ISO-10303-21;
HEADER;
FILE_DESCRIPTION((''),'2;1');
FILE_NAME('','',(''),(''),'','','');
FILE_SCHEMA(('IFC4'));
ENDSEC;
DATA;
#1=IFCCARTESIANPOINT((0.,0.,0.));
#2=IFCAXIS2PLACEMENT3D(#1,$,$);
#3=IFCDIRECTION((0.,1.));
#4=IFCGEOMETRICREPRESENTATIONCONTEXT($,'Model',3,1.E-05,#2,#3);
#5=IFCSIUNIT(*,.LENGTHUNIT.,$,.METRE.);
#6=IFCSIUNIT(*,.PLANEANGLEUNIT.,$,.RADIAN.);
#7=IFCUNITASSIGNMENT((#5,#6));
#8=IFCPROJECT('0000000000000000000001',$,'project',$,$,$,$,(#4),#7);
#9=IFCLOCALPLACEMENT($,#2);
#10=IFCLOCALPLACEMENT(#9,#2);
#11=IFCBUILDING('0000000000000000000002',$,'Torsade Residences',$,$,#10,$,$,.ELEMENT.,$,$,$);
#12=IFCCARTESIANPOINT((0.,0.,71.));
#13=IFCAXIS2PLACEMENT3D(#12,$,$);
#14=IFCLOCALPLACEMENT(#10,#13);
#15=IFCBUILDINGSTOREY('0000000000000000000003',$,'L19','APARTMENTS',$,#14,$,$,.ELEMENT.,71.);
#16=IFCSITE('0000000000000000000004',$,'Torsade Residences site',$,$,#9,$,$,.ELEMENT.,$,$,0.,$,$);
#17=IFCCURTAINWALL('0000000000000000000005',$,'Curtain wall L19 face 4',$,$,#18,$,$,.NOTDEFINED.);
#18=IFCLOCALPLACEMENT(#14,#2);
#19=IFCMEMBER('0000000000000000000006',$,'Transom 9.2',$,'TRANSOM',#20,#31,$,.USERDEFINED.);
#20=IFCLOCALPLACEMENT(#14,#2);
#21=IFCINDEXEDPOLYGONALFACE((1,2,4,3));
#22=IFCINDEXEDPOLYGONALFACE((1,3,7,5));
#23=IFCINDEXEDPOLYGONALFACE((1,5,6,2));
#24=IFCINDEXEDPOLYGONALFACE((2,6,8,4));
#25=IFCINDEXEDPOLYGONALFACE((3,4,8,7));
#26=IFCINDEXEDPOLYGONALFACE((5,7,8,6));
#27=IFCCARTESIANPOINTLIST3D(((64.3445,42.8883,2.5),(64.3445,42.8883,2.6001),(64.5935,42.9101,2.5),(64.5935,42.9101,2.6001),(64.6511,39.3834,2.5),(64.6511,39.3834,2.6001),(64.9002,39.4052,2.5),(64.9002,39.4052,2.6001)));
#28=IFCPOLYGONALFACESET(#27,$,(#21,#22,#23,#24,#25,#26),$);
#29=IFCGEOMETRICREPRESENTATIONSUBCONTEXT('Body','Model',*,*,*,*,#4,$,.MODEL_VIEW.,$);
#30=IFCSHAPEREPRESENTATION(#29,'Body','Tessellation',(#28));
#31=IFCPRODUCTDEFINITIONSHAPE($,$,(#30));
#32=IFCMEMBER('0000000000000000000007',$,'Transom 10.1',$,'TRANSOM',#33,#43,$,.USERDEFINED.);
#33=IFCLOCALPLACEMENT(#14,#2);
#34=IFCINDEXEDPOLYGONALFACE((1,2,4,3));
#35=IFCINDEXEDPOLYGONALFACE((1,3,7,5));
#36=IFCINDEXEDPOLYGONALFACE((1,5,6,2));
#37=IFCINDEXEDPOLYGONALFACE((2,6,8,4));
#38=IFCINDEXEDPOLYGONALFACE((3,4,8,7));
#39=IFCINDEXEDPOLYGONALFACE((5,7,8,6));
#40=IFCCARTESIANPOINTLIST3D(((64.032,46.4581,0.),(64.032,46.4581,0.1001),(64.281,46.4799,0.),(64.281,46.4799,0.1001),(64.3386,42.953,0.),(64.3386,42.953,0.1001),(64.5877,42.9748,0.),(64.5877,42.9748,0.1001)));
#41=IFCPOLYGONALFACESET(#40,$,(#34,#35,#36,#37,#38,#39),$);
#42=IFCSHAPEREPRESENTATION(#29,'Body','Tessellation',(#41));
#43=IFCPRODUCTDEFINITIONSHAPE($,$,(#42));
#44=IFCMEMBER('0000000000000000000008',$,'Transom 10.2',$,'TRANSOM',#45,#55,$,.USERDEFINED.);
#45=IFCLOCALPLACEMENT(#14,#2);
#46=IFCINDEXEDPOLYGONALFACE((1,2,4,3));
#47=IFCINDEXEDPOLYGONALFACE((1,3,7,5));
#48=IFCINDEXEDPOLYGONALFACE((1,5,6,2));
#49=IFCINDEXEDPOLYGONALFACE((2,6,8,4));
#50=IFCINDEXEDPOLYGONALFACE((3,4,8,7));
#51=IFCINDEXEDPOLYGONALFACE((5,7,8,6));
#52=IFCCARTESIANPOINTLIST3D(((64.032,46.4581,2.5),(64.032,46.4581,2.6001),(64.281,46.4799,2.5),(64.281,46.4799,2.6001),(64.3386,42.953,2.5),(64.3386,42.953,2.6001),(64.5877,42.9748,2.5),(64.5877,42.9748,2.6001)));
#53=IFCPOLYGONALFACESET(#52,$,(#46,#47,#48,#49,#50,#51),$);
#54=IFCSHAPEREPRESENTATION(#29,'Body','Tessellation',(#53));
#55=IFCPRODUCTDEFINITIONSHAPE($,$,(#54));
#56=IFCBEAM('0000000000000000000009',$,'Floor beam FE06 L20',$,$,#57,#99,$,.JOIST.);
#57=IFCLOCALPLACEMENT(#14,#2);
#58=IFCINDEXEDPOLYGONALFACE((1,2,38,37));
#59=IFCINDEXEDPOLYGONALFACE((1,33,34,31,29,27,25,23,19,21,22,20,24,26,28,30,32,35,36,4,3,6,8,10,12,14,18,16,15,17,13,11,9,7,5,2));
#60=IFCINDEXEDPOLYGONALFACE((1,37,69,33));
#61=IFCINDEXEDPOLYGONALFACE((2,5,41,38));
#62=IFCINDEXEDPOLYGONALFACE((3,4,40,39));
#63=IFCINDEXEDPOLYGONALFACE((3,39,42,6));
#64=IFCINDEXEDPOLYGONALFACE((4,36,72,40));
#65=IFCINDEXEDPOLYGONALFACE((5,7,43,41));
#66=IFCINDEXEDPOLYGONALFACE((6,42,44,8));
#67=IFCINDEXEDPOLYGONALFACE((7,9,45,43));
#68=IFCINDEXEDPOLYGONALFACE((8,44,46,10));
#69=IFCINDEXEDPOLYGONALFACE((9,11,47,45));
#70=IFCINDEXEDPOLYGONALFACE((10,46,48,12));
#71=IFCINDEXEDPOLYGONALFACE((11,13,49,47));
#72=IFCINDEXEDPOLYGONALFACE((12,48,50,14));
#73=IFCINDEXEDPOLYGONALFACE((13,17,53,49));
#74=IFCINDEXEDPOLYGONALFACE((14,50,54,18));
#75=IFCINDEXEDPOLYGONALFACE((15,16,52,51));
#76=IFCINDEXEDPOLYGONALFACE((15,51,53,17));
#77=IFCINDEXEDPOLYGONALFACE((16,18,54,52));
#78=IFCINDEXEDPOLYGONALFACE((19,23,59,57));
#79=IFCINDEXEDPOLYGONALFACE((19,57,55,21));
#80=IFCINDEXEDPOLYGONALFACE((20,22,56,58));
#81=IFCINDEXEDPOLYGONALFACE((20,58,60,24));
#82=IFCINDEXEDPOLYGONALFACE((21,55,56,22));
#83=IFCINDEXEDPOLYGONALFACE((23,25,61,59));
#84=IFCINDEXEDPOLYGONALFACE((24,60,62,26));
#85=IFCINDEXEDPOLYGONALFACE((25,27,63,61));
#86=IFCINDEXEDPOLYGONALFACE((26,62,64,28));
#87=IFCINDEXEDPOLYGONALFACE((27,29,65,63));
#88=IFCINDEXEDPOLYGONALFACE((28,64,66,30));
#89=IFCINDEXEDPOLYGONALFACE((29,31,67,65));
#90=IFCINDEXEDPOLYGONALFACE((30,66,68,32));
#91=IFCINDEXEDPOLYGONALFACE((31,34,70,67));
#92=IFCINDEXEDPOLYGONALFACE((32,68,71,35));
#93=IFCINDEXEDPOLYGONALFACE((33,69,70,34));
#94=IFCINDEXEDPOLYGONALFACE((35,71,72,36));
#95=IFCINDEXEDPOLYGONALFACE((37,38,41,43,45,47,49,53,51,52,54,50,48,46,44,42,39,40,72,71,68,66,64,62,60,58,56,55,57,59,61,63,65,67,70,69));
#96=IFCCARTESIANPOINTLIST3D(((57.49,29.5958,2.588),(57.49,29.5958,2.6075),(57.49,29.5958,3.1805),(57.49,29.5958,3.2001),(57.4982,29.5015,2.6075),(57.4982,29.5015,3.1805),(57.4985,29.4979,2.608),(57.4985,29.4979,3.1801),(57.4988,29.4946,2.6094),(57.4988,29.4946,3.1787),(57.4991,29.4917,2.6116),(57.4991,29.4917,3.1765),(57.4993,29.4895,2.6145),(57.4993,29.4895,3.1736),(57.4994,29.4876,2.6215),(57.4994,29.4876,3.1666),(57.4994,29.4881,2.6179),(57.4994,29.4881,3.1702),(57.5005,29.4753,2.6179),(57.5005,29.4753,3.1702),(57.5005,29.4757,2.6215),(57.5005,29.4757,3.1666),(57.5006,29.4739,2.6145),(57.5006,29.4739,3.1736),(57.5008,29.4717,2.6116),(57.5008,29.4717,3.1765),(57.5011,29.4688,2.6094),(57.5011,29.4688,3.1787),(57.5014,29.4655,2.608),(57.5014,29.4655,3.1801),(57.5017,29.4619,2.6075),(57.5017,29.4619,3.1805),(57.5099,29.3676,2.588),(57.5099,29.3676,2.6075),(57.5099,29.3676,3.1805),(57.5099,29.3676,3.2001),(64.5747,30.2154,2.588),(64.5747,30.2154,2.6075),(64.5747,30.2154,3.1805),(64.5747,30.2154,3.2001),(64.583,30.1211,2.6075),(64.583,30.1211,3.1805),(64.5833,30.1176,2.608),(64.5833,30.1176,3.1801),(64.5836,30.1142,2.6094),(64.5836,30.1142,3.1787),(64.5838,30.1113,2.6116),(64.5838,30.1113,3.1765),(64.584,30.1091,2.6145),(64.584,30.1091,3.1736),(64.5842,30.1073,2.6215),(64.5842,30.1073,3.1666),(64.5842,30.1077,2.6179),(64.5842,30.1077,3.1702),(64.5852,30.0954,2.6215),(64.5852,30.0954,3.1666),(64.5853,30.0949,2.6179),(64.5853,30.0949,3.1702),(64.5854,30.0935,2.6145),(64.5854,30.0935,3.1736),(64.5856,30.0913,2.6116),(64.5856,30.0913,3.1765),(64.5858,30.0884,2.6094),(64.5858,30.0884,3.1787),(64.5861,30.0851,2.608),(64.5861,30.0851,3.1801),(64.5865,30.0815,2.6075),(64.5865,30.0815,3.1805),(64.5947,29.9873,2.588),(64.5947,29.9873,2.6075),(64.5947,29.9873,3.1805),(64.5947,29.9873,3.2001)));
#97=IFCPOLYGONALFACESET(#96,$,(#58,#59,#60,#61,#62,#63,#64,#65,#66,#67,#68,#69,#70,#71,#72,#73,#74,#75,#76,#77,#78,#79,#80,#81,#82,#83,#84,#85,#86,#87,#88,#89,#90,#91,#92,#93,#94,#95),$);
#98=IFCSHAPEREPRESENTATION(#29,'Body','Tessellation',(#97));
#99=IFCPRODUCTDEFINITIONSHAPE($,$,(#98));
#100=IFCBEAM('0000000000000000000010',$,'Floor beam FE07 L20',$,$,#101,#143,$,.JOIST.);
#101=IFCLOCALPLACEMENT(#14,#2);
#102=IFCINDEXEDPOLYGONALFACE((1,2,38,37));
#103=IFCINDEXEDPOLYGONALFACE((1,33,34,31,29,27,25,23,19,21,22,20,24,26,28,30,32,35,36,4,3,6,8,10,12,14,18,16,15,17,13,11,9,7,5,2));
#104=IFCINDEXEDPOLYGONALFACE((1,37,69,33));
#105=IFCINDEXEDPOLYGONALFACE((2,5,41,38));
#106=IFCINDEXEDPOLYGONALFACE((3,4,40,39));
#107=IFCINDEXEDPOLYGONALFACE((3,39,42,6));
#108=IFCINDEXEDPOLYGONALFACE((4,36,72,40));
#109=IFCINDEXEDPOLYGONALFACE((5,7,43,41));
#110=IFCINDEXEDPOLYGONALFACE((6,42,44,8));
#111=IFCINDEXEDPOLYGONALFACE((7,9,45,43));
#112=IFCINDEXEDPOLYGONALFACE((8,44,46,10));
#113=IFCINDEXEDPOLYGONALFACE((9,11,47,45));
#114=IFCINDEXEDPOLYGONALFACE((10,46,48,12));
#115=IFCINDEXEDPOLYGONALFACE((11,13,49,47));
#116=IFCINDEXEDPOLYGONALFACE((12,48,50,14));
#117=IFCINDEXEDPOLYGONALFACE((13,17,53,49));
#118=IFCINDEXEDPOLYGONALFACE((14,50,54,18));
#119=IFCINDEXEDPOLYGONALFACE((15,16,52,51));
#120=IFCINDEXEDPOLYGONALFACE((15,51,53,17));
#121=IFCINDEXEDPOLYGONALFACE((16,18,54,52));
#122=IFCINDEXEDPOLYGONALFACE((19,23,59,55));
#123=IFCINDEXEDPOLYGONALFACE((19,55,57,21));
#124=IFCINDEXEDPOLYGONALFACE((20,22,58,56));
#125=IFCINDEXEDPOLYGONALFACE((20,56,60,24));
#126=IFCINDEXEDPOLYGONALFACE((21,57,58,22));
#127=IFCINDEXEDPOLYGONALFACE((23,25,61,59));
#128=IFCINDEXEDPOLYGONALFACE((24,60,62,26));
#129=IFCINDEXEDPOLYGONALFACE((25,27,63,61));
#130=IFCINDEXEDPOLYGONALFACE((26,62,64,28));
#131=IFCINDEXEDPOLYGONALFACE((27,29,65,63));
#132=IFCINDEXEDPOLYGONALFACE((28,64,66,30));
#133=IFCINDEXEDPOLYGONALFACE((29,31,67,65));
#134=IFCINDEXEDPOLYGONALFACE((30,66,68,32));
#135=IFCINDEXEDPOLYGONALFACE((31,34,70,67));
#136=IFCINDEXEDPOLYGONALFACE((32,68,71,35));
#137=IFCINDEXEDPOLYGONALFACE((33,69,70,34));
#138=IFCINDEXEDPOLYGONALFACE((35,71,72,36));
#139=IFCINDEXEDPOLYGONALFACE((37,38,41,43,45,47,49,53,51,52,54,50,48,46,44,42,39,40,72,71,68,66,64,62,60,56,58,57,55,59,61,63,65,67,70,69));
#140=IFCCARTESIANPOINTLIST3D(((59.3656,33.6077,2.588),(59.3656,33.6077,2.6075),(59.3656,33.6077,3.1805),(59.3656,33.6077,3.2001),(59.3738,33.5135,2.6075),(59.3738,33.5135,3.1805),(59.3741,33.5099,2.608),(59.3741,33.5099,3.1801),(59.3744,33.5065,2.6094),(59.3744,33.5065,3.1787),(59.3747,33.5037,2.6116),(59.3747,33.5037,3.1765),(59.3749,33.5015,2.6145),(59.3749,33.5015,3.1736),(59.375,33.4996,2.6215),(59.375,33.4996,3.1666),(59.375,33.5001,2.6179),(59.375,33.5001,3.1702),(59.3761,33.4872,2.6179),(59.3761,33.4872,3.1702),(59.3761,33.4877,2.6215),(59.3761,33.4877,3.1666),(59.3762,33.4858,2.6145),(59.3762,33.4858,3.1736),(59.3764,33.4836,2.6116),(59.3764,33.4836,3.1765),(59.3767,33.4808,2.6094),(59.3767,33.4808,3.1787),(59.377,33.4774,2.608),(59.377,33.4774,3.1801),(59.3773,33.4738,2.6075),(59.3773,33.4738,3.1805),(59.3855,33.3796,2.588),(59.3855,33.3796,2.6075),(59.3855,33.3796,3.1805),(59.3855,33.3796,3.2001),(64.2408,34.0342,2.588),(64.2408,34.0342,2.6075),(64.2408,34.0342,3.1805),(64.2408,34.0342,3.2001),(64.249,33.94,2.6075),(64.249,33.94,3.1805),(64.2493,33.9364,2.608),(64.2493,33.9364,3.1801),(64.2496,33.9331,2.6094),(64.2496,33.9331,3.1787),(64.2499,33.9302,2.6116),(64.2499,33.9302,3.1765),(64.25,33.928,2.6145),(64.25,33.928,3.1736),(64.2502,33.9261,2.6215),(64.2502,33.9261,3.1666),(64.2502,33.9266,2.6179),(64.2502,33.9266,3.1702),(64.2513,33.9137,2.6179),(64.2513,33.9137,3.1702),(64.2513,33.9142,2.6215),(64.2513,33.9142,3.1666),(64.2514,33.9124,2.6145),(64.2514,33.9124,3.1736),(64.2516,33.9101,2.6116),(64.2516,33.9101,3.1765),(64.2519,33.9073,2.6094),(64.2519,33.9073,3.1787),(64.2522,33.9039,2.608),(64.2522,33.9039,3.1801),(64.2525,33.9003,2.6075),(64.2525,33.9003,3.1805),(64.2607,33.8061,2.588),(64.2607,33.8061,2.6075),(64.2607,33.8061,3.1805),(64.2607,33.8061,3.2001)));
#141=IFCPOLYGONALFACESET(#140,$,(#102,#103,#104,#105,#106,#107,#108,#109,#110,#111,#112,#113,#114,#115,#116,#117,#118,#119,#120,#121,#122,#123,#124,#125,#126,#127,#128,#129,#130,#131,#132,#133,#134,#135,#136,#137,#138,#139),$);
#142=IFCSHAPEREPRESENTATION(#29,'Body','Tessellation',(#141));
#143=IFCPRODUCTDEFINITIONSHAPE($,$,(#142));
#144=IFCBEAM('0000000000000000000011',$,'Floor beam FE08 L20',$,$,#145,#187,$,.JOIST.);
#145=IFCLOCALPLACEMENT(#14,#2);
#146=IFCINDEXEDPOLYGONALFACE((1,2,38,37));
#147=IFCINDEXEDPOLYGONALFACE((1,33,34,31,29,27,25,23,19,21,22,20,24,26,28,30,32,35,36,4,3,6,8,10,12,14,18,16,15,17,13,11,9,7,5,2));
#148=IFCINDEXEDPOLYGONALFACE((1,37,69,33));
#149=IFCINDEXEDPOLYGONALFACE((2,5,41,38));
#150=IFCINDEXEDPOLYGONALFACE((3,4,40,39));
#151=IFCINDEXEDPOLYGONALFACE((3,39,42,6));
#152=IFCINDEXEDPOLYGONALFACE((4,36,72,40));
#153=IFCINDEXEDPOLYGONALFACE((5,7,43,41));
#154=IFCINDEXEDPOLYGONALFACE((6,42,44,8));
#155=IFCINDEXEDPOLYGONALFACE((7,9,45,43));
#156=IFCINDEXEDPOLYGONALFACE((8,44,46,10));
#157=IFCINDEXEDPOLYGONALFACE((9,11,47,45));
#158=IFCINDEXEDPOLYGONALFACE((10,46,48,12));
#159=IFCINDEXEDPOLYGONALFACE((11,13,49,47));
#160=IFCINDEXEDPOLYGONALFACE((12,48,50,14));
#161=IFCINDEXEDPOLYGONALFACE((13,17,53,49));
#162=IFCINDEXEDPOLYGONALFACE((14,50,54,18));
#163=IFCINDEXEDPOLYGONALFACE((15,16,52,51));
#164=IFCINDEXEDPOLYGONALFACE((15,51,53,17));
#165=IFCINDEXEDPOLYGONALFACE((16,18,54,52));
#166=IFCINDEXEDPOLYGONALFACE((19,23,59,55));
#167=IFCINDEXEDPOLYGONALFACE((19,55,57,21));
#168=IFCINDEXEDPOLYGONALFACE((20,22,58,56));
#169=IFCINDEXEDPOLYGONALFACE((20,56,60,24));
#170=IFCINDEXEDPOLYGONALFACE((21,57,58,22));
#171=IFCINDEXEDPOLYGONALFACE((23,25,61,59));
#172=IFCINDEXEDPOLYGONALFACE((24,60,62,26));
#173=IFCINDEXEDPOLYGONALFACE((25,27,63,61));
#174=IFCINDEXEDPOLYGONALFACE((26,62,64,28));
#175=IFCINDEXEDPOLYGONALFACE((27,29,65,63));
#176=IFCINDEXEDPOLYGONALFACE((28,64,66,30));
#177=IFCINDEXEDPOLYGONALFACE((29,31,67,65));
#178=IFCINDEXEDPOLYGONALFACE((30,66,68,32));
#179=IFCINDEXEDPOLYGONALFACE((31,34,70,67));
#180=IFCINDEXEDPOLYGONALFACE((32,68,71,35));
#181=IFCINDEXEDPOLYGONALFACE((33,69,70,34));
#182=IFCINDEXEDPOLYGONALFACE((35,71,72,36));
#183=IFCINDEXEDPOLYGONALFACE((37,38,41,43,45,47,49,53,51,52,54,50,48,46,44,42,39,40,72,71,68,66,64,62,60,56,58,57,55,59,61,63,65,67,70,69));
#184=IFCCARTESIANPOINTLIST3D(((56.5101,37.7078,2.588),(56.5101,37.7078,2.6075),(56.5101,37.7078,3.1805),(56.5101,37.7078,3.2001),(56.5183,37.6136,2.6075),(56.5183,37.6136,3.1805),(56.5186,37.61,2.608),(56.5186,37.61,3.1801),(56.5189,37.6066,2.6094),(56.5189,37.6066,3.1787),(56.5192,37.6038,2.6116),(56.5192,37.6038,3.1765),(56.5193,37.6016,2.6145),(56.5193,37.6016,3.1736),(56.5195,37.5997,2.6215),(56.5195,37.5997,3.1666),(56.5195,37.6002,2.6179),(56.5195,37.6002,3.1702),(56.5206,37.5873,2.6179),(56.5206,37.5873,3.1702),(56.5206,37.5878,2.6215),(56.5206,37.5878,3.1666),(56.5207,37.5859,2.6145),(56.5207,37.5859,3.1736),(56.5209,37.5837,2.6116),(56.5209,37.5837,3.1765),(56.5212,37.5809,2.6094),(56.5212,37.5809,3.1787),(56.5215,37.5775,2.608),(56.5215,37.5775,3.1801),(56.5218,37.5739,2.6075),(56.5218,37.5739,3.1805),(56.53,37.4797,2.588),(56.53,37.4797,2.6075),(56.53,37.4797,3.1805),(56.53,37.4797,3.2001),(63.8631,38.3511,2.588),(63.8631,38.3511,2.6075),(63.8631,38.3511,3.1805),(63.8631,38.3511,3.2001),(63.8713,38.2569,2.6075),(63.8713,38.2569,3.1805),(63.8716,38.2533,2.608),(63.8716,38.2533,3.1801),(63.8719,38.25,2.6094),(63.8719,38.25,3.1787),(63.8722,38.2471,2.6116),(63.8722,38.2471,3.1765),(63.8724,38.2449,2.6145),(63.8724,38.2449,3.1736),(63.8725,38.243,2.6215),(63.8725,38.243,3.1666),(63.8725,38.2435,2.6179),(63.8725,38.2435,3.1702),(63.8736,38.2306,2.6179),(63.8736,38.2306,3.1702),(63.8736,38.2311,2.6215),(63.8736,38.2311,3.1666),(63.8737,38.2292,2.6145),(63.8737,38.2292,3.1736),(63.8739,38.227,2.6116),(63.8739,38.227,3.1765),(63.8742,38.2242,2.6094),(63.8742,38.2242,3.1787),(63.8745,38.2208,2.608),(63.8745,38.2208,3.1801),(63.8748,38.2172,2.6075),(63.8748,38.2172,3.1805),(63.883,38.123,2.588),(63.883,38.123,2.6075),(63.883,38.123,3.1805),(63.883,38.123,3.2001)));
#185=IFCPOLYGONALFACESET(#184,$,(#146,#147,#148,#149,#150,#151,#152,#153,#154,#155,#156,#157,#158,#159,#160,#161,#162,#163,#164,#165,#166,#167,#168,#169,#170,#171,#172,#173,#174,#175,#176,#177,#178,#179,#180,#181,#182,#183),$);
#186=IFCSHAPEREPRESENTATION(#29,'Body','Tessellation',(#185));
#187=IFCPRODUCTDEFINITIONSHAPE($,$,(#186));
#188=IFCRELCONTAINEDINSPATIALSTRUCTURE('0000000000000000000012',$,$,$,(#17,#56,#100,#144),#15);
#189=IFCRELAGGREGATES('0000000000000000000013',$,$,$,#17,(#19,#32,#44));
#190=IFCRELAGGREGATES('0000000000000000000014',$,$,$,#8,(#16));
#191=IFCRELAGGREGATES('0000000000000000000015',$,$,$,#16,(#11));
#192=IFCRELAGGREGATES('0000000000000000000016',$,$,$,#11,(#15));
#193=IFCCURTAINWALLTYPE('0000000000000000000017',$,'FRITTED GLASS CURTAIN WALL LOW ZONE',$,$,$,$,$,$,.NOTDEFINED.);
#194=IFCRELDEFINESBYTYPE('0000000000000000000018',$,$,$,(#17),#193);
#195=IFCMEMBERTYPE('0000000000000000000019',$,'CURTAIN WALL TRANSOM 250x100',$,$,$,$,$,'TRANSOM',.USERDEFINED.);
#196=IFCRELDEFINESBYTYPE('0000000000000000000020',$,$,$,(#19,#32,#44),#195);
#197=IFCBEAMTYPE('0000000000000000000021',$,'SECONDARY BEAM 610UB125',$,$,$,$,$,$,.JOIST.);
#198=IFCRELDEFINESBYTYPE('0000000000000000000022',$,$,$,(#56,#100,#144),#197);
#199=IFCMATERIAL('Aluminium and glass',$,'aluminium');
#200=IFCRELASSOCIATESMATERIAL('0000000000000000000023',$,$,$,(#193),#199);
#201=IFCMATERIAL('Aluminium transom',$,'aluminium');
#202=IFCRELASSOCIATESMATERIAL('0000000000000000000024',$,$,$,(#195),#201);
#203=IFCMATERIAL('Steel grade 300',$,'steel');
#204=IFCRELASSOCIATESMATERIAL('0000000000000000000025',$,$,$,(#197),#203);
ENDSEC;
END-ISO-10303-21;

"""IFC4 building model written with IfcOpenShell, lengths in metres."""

from ifc_helpers import new_model, si_unit, direction, frame, origin, origin_2d, place, context, subcontext, project, spatial, rectangle, i_section, extrude, material, material_profile, profile_set, type_object, element, aggregate, save


model = new_model("IFC4")

# Units and contexts
model_context = context("Model", 3, precision=1e-05, world=origin(), true_north=direction((0.0, 1.0)))
body_context = subcontext(model_context, "Body", "Model", "MODEL_VIEW")
ifc_project = project(units=[si_unit("LENGTHUNIT", "METRE"), si_unit("PLANEANGLEUNIT", "RADIAN")], contexts=[model_context])

# Site, building, storey
site_placement = place(None, origin())
site = spatial("IfcSite", under=ifc_project, at=site_placement, Name="Torsade Residences site", CompositionType="ELEMENT", RefElevation=0.0)
building_placement = place(site_placement, origin())
building = spatial("IfcBuilding", under=site, at=building_placement, Name="Torsade Residences", CompositionType="ELEMENT")
storey_placement = place(building_placement, frame((0.0, 0.0, 71.0)))
storey = spatial("IfcBuildingStorey", under=building, at=storey_placement, Name="L19", Description="APARTMENTS", CompositionType="ELEMENT", Elevation=71.0)

# Curtain wall, members
ifc_material_1 = material(Name="Aluminium and glass", Category="aluminium")
curtain_wall_type = type_object("IfcCurtainWallType", Name="FRITTED GLASS CURTAIN WALL LOW ZONE", PredefinedType="NOTDEFINED", material=ifc_material_1)
curtain_wall_placement = place(storey_placement, origin())
curtain_wall = element("IfcCurtainWall", 1, at=curtain_wall_placement, inside=storey, type_object=curtain_wall_type, Name="Curtain wall L19 face 4", PredefinedType="NOTDEFINED")
ifc_material_2 = material(Name="Aluminium transom", Category="aluminium")
ifc_material_profile_1 = material_profile(ifc_material_2, rectangle(XDim=0.25, YDim=0.1001, at=origin_2d()), Name="CURTAIN WALL TRANSOM 250x100")
ifc_profile_set_1 = profile_set([ifc_material_profile_1], Name="Aluminium transom")
member_type_1 = type_object("IfcMemberType", Name="CURTAIN WALL TRANSOM 250x100", ElementType="TRANSOM", PredefinedType="USERDEFINED", material=ifc_profile_set_1)
member_1_placement = place(storey_placement, frame((64.7756, 39.3943, 2.55), z_axis=(-0.087157, 0.996195, 0.0), x_axis=(-0.996195, -0.087157, 0.0)))
member_1 = element("IfcMember", 2, at=member_1_placement, type_object=member_type_1, Name="Transom 9.2", ObjectType="TRANSOM", PredefinedType="USERDEFINED", context=body_context, shape_type="SweptSolid", body=[
    extrude(rectangle(XDim=0.25, YDim=0.1001, at=origin_2d()), origin(), (0.0, 0.0, 1.0), 3.5183),
])
member_2_placement = place(storey_placement, frame((64.4631, 42.9639, 0.05), z_axis=(-0.087151, 0.996195, 0.0), x_axis=(-0.996195, -0.087151, 0.0)))
member_2 = element("IfcMember", 3, at=member_2_placement, type_object=member_type_1, Name="Transom 10.1", ObjectType="TRANSOM", PredefinedType="USERDEFINED", context=body_context, shape_type="SweptSolid", body=[
    extrude(rectangle(XDim=0.25, YDim=0.1001, at=origin_2d()), origin(), (0.0, 0.0, 1.0), 3.5186),
])
member_3_placement = place(storey_placement, frame((64.4631, 42.9639, 2.55), z_axis=(-0.087151, 0.996195, 0.0), x_axis=(-0.996195, -0.087151, 0.0)))
member_3 = element("IfcMember", 4, at=member_3_placement, type_object=member_type_1, Name="Transom 10.2", ObjectType="TRANSOM", PredefinedType="USERDEFINED", context=body_context, shape_type="SweptSolid", body=[
    extrude(rectangle(XDim=0.25, YDim=0.1001, at=origin_2d()), origin(), (0.0, 0.0, 1.0), 3.5186),
])

# Beams
ifc_material_3 = material(Name="Steel grade 300", Category="steel")
ifc_material_profile_2 = material_profile(ifc_material_3, i_section(OverallWidth=0.229, OverallDepth=0.6121, WebThickness=0.012, FlangeThickness=0.0195, FilletRadius=0.0139, at=origin_2d()), Name="610UB125")
ifc_profile_set_2 = profile_set([ifc_material_profile_2], Name="Steel grade 300")
beam_type_1 = type_object("IfcBeamType", Name="SECONDARY BEAM 610UB125", PredefinedType="JOIST", material=ifc_profile_set_2)
beam_1_placement = place(storey_placement, frame((64.5847, 30.1013, 2.894), z_axis=(-0.996197, -0.087127, 0.0), x_axis=(0.087127, -0.996197, 0.0)))
element("IfcBeam", 5, at=beam_1_placement, inside=storey, type_object=beam_type_1, Name="Floor beam FE06 L20", PredefinedType="JOIST", context=body_context, shape_type="SweptSolid", body=[
    extrude(i_section(OverallWidth=0.229, OverallDepth=0.6121, WebThickness=0.012, FlangeThickness=0.0195, FilletRadius=0.0139, at=origin_2d()), origin(), (0.0, 0.0, 1.0), 7.1118),
])
beam_2_placement = place(storey_placement, frame((64.2507, 33.9202, 2.894), z_axis=(-0.996195, -0.087153, 0.0), x_axis=(0.087153, -0.996195, 0.0)))
element("IfcBeam", 6, at=beam_2_placement, inside=storey, type_object=beam_type_1, Name="Floor beam FE07 L20", PredefinedType="JOIST", context=body_context, shape_type="SweptSolid", body=[
    extrude(i_section(OverallWidth=0.229, OverallDepth=0.6121, WebThickness=0.012, FlangeThickness=0.0195, FilletRadius=0.0139, at=origin_2d()), origin(), (0.0, 0.0, 1.0), 4.8938),
])
beam_3_placement = place(storey_placement, frame((63.873, 38.2371, 2.894), z_axis=(-0.996195, -0.087156, 0.0), x_axis=(0.087156, -0.996195, 0.0)))
element("IfcBeam", 7, at=beam_3_placement, inside=storey, type_object=beam_type_1, Name="Floor beam FE08 L20", PredefinedType="JOIST", context=body_context, shape_type="SweptSolid", body=[
    extrude(i_section(OverallWidth=0.229, OverallDepth=0.6121, WebThickness=0.012, FlangeThickness=0.0195, FilletRadius=0.0139, at=origin_2d()), origin(), (0.0, 0.0, 1.0), 7.3811),
])

aggregate(curtain_wall, [member_1, member_2, member_3])

save(model, "model.ifc")
